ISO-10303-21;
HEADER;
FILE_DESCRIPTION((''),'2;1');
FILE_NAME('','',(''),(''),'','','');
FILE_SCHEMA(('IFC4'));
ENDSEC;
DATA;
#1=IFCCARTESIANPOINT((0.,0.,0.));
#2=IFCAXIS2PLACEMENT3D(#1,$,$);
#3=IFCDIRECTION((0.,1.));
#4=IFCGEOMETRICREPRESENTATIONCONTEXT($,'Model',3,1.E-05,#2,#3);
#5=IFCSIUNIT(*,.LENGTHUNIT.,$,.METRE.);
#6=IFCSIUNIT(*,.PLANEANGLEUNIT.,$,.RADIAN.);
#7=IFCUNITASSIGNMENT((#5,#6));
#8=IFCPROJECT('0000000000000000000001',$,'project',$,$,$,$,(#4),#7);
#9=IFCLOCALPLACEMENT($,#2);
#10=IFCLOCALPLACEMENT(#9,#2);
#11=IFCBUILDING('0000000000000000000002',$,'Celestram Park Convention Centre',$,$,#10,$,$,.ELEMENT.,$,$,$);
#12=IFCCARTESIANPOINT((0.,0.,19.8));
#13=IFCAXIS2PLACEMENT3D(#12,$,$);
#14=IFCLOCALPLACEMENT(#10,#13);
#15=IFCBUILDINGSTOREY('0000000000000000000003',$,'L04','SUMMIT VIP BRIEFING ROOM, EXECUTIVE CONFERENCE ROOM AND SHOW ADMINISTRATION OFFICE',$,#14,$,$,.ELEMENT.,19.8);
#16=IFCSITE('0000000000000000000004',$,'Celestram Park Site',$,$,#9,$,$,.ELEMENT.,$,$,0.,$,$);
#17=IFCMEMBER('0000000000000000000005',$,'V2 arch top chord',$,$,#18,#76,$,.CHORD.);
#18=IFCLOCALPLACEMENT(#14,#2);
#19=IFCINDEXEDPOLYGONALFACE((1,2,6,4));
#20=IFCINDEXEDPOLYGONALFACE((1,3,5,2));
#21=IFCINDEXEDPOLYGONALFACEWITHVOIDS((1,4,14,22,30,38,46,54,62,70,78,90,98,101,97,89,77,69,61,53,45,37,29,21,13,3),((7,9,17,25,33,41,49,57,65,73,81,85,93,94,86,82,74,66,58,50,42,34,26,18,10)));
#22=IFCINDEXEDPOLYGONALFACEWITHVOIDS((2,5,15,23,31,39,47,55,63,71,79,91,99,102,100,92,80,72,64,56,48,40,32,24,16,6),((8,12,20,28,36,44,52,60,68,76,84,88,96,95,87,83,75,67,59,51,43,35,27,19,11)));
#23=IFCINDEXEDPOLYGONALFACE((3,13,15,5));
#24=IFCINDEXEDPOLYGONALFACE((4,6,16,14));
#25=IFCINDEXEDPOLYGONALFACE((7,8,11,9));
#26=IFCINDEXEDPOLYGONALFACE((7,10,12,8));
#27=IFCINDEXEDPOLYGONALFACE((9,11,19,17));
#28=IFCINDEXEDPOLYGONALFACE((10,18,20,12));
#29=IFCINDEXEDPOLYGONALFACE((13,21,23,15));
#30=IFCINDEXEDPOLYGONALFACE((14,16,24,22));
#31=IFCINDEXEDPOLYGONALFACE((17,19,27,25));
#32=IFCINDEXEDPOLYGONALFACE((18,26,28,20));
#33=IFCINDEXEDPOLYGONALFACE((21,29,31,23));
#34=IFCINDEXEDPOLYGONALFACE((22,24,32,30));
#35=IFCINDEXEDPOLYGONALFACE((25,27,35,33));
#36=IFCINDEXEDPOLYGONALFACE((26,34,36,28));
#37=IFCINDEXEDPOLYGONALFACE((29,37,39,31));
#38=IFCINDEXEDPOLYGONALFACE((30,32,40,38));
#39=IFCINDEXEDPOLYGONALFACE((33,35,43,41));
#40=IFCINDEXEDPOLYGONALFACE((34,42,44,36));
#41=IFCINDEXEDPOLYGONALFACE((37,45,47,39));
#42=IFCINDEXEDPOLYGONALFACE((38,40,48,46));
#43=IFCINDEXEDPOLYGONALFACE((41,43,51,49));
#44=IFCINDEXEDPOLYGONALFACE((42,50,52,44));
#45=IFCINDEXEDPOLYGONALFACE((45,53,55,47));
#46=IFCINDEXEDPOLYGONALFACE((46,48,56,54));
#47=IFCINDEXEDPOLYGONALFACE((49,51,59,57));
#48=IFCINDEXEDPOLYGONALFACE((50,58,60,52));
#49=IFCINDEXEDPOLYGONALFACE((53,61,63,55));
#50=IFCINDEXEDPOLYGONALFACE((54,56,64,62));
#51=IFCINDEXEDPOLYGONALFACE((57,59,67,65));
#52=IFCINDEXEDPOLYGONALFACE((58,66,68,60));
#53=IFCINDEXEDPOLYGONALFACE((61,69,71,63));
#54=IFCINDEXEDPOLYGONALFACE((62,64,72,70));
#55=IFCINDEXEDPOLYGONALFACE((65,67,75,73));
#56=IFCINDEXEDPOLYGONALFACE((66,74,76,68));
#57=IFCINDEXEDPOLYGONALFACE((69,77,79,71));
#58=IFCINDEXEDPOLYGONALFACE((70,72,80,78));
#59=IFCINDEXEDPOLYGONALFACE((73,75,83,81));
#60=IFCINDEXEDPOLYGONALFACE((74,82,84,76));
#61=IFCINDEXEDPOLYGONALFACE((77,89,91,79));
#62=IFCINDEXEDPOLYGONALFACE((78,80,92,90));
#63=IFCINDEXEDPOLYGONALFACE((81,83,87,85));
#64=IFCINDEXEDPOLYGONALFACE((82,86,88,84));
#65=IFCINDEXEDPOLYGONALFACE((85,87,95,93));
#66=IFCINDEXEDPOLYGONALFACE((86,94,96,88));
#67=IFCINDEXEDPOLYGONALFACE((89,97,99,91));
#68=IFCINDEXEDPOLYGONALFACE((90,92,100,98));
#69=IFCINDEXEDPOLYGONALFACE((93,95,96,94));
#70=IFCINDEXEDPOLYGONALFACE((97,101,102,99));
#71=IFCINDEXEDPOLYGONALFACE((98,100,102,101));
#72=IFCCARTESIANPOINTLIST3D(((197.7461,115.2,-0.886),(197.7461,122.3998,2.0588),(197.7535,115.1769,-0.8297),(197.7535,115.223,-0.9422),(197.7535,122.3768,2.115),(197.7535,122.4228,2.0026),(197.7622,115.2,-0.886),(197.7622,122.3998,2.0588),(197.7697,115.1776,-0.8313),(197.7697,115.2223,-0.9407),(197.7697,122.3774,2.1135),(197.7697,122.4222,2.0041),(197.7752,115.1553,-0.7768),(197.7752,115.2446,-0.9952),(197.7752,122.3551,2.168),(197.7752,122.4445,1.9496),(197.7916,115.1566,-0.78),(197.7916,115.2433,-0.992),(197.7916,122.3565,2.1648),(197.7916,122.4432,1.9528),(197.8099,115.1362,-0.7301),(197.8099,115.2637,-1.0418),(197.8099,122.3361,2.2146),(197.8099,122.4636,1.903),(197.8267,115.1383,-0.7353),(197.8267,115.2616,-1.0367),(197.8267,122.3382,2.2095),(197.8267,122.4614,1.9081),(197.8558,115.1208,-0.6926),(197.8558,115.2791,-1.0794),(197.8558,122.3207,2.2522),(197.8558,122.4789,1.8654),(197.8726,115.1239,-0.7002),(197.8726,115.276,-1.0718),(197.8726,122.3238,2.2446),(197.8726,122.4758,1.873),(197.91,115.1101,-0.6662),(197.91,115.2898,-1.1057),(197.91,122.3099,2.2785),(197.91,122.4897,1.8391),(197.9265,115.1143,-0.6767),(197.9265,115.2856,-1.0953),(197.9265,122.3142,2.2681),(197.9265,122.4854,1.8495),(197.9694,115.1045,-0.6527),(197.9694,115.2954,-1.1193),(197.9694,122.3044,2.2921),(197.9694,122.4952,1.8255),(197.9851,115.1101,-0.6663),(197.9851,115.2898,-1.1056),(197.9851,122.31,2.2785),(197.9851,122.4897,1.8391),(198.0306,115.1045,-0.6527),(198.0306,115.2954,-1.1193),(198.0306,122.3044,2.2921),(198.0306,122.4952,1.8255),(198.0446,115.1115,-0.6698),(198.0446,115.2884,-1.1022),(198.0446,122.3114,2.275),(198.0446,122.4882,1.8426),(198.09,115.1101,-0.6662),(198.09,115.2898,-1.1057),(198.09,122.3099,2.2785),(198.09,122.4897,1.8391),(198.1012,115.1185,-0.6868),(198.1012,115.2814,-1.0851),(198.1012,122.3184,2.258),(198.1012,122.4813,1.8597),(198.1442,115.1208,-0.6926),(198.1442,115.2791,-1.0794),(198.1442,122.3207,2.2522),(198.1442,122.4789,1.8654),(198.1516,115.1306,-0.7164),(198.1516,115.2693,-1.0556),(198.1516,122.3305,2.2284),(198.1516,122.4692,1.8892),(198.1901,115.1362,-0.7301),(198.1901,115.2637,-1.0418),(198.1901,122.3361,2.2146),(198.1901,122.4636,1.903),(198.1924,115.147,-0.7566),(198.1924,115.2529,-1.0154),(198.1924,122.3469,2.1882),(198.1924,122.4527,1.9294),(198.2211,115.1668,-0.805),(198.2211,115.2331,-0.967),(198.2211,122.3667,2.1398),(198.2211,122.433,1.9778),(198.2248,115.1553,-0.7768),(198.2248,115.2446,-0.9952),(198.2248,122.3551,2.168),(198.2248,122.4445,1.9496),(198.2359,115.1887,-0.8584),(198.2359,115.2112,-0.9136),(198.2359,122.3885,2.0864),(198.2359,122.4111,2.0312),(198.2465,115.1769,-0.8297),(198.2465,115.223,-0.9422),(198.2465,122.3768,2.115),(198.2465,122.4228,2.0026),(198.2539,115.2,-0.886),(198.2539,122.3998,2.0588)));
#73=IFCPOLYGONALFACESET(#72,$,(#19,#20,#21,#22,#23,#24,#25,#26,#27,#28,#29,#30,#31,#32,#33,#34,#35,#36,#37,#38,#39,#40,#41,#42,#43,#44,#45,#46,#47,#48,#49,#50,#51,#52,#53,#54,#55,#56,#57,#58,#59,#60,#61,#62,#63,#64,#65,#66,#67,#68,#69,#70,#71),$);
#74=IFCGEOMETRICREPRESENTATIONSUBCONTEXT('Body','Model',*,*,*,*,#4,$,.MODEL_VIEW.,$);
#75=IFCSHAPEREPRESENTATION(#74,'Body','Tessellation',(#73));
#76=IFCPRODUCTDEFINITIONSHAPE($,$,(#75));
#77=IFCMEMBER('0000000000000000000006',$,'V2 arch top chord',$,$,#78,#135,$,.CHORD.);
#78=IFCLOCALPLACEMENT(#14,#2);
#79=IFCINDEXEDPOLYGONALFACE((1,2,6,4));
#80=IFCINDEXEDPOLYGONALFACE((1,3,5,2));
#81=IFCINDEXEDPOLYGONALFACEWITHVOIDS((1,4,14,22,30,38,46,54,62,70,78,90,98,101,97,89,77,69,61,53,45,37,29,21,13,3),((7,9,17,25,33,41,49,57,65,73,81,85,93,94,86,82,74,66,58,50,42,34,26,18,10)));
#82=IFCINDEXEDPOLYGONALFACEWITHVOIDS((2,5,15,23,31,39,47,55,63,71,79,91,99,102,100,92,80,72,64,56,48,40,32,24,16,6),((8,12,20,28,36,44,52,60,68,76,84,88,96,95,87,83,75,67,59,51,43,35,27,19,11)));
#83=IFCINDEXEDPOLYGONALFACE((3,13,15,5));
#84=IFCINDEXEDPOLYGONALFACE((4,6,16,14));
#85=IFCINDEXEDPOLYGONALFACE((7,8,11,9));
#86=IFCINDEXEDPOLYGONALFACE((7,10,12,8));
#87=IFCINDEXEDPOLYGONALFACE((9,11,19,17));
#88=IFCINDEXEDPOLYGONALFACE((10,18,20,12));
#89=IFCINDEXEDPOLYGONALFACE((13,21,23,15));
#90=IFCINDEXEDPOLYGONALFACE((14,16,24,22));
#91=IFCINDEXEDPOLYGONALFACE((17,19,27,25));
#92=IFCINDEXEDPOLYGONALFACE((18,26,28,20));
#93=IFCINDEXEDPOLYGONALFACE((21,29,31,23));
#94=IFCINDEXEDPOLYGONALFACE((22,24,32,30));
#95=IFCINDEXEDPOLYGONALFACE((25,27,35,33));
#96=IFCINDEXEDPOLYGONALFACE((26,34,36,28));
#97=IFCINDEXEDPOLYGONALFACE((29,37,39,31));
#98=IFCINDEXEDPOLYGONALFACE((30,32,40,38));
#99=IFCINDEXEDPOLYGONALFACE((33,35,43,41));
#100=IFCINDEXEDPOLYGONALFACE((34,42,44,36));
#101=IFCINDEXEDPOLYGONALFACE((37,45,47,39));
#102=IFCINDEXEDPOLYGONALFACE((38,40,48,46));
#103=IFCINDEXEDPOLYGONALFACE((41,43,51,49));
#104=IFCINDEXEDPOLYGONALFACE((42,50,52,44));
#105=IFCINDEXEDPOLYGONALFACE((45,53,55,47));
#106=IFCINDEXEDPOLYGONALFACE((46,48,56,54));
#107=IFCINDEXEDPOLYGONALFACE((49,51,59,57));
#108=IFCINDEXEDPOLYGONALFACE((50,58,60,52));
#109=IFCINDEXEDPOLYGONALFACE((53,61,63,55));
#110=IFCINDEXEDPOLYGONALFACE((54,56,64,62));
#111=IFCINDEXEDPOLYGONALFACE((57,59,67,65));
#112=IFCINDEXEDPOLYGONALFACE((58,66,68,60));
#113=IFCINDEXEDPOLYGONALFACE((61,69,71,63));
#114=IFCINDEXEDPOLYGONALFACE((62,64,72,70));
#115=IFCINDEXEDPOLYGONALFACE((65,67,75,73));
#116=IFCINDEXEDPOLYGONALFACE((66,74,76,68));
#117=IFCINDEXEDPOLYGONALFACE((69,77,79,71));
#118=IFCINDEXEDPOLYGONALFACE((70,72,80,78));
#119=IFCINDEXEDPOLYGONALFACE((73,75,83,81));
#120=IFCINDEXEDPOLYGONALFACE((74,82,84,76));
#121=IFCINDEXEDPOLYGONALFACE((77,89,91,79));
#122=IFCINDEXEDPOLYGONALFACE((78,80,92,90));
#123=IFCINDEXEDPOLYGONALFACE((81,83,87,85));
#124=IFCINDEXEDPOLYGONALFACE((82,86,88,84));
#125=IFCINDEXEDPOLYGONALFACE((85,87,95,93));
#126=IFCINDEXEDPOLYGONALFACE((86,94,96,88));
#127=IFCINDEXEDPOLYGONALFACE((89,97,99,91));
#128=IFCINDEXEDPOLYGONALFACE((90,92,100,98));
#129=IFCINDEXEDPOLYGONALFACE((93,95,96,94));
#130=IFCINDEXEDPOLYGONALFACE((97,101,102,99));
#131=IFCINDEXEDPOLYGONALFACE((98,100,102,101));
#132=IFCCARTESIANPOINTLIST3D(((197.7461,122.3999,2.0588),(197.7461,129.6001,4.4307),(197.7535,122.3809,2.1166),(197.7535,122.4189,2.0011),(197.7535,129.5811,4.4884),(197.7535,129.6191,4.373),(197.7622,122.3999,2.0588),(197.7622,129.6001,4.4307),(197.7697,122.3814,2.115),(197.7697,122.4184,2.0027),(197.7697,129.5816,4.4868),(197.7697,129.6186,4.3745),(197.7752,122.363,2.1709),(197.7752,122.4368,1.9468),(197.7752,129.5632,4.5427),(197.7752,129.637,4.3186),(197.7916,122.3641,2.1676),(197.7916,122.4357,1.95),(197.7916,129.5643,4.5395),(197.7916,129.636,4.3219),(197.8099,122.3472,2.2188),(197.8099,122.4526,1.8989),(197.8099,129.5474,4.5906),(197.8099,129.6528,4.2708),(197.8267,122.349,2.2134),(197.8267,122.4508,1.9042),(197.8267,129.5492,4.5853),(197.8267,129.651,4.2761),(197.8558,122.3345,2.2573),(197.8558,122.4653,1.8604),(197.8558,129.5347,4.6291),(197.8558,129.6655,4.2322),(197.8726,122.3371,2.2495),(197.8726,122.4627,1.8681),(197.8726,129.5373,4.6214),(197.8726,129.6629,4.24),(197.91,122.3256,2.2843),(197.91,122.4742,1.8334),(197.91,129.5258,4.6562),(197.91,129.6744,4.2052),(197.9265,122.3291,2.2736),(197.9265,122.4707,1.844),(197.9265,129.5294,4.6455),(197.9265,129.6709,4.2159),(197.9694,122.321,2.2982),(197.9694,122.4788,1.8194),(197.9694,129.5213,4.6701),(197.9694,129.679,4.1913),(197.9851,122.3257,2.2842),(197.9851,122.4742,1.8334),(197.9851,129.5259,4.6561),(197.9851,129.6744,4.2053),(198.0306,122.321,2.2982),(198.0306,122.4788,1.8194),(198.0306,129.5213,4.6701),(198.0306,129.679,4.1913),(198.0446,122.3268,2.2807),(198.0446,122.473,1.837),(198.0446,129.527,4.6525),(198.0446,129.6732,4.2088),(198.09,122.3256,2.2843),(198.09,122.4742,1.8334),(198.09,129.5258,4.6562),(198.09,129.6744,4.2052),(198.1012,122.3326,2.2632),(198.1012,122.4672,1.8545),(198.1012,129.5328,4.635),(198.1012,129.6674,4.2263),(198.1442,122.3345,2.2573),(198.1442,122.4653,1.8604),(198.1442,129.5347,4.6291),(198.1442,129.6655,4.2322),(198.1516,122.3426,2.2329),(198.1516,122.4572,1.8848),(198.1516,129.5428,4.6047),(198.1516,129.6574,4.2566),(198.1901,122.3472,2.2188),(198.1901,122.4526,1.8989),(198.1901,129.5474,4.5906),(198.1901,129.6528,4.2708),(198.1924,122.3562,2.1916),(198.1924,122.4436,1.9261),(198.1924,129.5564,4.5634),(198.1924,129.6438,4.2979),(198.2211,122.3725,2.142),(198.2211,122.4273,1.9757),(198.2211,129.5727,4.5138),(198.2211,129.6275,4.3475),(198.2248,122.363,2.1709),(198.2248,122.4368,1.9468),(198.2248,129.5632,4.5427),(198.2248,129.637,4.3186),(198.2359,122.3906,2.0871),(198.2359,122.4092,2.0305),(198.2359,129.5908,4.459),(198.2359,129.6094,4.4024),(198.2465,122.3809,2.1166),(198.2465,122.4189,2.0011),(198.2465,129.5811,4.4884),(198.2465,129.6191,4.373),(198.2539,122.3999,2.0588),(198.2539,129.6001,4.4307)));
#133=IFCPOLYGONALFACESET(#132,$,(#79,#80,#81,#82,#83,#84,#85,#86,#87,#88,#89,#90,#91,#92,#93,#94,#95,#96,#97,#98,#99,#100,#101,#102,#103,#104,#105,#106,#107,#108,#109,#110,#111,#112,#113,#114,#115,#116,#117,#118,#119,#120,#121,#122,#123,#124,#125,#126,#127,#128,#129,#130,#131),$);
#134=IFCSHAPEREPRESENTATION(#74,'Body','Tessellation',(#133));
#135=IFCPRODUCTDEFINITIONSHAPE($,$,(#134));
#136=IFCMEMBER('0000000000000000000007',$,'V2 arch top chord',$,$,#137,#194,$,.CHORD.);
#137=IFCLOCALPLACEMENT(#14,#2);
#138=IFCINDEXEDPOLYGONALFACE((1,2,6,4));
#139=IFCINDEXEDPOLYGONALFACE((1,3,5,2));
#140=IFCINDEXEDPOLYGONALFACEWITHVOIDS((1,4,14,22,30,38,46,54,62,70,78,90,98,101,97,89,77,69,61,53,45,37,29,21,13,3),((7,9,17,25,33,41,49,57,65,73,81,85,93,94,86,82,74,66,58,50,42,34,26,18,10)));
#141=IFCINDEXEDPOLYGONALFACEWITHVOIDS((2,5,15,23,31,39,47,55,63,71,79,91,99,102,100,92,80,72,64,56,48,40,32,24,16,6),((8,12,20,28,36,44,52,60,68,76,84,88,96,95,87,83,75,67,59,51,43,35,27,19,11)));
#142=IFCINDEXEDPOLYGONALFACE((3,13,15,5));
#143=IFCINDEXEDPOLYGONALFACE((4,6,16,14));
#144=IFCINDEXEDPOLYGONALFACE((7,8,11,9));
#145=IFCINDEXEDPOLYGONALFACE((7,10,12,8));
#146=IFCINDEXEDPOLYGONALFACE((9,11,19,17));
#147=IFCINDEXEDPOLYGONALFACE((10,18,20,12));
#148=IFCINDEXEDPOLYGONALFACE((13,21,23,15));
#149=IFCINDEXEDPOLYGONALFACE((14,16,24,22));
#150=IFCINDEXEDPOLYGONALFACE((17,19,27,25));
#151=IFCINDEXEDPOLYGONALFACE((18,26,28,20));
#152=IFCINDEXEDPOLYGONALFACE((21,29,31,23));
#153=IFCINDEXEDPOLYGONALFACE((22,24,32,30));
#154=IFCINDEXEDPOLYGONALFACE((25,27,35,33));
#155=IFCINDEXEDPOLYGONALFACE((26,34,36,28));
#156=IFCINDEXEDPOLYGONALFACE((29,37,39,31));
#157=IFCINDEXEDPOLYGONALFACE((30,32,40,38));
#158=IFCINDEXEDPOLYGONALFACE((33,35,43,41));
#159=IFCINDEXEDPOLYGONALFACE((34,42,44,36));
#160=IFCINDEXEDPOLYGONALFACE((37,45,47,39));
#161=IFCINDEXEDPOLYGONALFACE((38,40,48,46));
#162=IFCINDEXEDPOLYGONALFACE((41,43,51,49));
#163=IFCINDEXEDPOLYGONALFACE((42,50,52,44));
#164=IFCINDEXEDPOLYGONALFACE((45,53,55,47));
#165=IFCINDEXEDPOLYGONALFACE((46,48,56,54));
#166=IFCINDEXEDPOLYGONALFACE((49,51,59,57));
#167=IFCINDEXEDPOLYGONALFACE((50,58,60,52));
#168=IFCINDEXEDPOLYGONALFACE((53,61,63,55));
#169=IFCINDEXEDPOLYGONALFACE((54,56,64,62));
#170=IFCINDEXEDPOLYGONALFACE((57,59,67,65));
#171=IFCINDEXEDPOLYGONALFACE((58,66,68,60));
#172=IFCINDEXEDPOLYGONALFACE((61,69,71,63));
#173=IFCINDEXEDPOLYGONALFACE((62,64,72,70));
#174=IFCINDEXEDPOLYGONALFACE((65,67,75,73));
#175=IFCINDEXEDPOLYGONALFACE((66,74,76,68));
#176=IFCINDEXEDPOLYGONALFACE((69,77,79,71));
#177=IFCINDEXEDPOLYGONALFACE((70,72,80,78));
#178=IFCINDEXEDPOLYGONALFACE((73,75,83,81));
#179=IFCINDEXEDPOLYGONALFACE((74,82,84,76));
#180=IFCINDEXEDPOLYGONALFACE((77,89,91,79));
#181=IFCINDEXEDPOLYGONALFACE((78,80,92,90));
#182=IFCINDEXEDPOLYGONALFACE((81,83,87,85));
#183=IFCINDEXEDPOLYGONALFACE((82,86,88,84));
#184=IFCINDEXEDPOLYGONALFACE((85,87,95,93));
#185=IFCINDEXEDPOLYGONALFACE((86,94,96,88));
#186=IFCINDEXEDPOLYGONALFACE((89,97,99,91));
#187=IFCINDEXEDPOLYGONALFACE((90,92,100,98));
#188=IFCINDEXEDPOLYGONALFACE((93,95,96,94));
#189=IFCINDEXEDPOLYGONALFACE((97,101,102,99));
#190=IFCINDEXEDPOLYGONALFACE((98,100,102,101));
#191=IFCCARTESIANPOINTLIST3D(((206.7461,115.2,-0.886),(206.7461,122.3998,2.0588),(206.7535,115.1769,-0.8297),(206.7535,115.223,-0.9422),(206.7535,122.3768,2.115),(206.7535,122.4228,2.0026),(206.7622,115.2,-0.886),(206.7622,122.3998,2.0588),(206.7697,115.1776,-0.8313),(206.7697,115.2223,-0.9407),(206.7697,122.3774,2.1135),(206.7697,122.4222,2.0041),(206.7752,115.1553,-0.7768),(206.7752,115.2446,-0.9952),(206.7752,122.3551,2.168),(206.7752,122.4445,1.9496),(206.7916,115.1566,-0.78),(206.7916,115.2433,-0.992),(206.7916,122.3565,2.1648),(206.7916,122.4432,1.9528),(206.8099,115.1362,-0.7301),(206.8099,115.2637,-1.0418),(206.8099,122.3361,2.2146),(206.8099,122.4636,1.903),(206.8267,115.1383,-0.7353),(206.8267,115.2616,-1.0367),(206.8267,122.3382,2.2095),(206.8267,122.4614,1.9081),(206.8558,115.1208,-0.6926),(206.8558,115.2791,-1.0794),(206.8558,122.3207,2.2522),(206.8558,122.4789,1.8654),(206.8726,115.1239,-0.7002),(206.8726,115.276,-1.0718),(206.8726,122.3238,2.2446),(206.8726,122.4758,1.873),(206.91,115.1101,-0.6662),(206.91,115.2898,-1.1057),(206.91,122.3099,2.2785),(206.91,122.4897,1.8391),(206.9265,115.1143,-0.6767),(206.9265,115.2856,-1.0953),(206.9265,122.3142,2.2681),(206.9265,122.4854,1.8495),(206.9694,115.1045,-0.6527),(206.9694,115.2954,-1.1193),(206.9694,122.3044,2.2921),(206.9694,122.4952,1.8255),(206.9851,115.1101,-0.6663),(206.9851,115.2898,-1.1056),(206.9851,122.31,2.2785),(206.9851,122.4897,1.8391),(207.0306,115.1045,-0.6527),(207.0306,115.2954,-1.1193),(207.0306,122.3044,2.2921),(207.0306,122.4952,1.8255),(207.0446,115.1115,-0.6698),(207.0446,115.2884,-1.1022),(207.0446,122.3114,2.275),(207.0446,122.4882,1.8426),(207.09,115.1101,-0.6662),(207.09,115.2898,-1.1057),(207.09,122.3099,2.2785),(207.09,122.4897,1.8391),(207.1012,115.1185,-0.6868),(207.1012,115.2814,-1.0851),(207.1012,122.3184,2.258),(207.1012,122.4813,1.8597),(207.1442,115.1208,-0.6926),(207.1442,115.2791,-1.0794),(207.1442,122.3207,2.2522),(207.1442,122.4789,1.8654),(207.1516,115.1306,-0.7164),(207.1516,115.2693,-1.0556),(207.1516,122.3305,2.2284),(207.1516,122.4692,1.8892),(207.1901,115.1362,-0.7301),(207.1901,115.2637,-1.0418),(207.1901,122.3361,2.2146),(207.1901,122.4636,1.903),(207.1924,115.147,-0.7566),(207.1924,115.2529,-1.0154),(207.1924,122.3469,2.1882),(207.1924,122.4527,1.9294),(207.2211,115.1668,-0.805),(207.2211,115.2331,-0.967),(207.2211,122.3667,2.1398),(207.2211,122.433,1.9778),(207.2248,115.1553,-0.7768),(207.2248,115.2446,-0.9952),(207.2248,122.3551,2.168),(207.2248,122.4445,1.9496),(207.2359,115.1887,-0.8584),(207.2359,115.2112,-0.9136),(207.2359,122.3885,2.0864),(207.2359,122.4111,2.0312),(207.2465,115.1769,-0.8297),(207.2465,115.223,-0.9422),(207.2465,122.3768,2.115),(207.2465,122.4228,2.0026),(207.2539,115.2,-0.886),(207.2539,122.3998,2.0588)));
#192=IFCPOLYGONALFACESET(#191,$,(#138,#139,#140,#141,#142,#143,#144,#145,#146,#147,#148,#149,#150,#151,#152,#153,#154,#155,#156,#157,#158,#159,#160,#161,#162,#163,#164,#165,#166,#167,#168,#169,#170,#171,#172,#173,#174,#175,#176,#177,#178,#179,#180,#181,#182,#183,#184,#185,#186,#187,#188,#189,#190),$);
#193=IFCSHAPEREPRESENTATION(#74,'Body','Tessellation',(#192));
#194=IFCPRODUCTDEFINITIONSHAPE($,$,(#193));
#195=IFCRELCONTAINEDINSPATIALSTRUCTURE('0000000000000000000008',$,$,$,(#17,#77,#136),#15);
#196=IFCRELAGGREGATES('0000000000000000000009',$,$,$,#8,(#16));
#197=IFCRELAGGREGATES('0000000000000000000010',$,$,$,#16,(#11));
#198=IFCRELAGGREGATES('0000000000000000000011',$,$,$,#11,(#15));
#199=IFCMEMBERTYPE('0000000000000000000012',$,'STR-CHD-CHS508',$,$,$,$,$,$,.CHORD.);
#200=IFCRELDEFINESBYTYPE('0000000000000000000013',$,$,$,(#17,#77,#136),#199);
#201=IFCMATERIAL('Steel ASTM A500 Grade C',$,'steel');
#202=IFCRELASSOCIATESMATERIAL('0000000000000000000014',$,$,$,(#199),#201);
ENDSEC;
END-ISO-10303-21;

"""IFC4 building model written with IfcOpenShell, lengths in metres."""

from ifc_helpers import new_model, si_unit, direction, frame, origin, origin_2d, place, context, subcontext, project, spatial, hollow_circle, extrude, material, material_profile, profile_set, type_object, element, save


model = new_model("IFC4")

# Units and contexts
model_context = context("Model", 3, precision=1e-05, world=origin(), true_north=direction((0.0, 1.0)))
body_context = subcontext(model_context, "Body", "Model", "MODEL_VIEW")
ifc_project = project(units=[si_unit("LENGTHUNIT", "METRE"), si_unit("PLANEANGLEUNIT", "RADIAN")], contexts=[model_context])

# Site, building, storey
site_placement = place(None, origin())
site = spatial("IfcSite", under=ifc_project, at=site_placement, Name="Celestram Park Site", CompositionType="ELEMENT", RefElevation=0.0)
building_placement = place(site_placement, origin())
building = spatial("IfcBuilding", under=site, at=building_placement, Name="Celestram Park Convention Centre", CompositionType="ELEMENT")
storey_placement = place(building_placement, frame((0.0, 0.0, 19.8)))
storey = spatial("IfcBuildingStorey", under=building, at=storey_placement, Name="L04", Description="SUMMIT VIP BRIEFING ROOM, EXECUTIVE CONFERENCE ROOM AND SHOW ADMINISTRATION OFFICE", CompositionType="ELEMENT", Elevation=19.8)

# Members
ifc_material_1 = material(Name="Steel ASTM A500 Grade C", Category="steel")
ifc_material_profile_1 = material_profile(ifc_material_1, hollow_circle(Radius=0.2539, WallThickness=0.0161, at=origin_2d()), Name="CHS508X16")
ifc_profile_set_1 = profile_set([ifc_material_profile_1], Name="Steel ASTM A500 Grade C")
member_type_1 = type_object("IfcMemberType", Name="STR-CHD-CHS508", PredefinedType="CHORD", material=ifc_profile_set_1)
member_1_placement = place(storey_placement, frame((198.0, 115.2, -0.886), z_axis=(0.0, 0.925574, 0.378566), x_axis=(-1.0, 0.0, 0.0)))
element("IfcMember", 1, at=member_1_placement, inside=storey, type_object=member_type_1, Name="V2 arch top chord", PredefinedType="CHORD", context=body_context, shape_type="SweptSolid", body=[
    extrude(hollow_circle(Radius=0.2539, WallThickness=0.0161, at=origin_2d()), origin(), (0.0, 0.0, 1.0), 7.7788),
])
member_2_placement = place(storey_placement, frame((198.0, 122.3999, 2.0588), z_axis=(0.0, 0.949795, 0.312873), x_axis=(-1.0, 0.0, 0.0)))
element("IfcMember", 2, at=member_2_placement, inside=storey, type_object=member_type_1, Name="V2 arch top chord", PredefinedType="CHORD", context=body_context, shape_type="SweptSolid", body=[
    extrude(hollow_circle(Radius=0.2539, WallThickness=0.0161, at=origin_2d()), origin(), (0.0, 0.0, 1.0), 7.5808),
])
member_3_placement = place(storey_placement, frame((207.0, 115.2, -0.886), z_axis=(0.0, 0.925574, 0.378566), x_axis=(-1.0, 0.0, 0.0)))
element("IfcMember", 3, at=member_3_placement, inside=storey, type_object=member_type_1, Name="V2 arch top chord", PredefinedType="CHORD", context=body_context, shape_type="SweptSolid", body=[
    extrude(hollow_circle(Radius=0.2539, WallThickness=0.0161, at=origin_2d()), origin(), (0.0, 0.0, 1.0), 7.7788),
])

save(model, "model.ifc")
